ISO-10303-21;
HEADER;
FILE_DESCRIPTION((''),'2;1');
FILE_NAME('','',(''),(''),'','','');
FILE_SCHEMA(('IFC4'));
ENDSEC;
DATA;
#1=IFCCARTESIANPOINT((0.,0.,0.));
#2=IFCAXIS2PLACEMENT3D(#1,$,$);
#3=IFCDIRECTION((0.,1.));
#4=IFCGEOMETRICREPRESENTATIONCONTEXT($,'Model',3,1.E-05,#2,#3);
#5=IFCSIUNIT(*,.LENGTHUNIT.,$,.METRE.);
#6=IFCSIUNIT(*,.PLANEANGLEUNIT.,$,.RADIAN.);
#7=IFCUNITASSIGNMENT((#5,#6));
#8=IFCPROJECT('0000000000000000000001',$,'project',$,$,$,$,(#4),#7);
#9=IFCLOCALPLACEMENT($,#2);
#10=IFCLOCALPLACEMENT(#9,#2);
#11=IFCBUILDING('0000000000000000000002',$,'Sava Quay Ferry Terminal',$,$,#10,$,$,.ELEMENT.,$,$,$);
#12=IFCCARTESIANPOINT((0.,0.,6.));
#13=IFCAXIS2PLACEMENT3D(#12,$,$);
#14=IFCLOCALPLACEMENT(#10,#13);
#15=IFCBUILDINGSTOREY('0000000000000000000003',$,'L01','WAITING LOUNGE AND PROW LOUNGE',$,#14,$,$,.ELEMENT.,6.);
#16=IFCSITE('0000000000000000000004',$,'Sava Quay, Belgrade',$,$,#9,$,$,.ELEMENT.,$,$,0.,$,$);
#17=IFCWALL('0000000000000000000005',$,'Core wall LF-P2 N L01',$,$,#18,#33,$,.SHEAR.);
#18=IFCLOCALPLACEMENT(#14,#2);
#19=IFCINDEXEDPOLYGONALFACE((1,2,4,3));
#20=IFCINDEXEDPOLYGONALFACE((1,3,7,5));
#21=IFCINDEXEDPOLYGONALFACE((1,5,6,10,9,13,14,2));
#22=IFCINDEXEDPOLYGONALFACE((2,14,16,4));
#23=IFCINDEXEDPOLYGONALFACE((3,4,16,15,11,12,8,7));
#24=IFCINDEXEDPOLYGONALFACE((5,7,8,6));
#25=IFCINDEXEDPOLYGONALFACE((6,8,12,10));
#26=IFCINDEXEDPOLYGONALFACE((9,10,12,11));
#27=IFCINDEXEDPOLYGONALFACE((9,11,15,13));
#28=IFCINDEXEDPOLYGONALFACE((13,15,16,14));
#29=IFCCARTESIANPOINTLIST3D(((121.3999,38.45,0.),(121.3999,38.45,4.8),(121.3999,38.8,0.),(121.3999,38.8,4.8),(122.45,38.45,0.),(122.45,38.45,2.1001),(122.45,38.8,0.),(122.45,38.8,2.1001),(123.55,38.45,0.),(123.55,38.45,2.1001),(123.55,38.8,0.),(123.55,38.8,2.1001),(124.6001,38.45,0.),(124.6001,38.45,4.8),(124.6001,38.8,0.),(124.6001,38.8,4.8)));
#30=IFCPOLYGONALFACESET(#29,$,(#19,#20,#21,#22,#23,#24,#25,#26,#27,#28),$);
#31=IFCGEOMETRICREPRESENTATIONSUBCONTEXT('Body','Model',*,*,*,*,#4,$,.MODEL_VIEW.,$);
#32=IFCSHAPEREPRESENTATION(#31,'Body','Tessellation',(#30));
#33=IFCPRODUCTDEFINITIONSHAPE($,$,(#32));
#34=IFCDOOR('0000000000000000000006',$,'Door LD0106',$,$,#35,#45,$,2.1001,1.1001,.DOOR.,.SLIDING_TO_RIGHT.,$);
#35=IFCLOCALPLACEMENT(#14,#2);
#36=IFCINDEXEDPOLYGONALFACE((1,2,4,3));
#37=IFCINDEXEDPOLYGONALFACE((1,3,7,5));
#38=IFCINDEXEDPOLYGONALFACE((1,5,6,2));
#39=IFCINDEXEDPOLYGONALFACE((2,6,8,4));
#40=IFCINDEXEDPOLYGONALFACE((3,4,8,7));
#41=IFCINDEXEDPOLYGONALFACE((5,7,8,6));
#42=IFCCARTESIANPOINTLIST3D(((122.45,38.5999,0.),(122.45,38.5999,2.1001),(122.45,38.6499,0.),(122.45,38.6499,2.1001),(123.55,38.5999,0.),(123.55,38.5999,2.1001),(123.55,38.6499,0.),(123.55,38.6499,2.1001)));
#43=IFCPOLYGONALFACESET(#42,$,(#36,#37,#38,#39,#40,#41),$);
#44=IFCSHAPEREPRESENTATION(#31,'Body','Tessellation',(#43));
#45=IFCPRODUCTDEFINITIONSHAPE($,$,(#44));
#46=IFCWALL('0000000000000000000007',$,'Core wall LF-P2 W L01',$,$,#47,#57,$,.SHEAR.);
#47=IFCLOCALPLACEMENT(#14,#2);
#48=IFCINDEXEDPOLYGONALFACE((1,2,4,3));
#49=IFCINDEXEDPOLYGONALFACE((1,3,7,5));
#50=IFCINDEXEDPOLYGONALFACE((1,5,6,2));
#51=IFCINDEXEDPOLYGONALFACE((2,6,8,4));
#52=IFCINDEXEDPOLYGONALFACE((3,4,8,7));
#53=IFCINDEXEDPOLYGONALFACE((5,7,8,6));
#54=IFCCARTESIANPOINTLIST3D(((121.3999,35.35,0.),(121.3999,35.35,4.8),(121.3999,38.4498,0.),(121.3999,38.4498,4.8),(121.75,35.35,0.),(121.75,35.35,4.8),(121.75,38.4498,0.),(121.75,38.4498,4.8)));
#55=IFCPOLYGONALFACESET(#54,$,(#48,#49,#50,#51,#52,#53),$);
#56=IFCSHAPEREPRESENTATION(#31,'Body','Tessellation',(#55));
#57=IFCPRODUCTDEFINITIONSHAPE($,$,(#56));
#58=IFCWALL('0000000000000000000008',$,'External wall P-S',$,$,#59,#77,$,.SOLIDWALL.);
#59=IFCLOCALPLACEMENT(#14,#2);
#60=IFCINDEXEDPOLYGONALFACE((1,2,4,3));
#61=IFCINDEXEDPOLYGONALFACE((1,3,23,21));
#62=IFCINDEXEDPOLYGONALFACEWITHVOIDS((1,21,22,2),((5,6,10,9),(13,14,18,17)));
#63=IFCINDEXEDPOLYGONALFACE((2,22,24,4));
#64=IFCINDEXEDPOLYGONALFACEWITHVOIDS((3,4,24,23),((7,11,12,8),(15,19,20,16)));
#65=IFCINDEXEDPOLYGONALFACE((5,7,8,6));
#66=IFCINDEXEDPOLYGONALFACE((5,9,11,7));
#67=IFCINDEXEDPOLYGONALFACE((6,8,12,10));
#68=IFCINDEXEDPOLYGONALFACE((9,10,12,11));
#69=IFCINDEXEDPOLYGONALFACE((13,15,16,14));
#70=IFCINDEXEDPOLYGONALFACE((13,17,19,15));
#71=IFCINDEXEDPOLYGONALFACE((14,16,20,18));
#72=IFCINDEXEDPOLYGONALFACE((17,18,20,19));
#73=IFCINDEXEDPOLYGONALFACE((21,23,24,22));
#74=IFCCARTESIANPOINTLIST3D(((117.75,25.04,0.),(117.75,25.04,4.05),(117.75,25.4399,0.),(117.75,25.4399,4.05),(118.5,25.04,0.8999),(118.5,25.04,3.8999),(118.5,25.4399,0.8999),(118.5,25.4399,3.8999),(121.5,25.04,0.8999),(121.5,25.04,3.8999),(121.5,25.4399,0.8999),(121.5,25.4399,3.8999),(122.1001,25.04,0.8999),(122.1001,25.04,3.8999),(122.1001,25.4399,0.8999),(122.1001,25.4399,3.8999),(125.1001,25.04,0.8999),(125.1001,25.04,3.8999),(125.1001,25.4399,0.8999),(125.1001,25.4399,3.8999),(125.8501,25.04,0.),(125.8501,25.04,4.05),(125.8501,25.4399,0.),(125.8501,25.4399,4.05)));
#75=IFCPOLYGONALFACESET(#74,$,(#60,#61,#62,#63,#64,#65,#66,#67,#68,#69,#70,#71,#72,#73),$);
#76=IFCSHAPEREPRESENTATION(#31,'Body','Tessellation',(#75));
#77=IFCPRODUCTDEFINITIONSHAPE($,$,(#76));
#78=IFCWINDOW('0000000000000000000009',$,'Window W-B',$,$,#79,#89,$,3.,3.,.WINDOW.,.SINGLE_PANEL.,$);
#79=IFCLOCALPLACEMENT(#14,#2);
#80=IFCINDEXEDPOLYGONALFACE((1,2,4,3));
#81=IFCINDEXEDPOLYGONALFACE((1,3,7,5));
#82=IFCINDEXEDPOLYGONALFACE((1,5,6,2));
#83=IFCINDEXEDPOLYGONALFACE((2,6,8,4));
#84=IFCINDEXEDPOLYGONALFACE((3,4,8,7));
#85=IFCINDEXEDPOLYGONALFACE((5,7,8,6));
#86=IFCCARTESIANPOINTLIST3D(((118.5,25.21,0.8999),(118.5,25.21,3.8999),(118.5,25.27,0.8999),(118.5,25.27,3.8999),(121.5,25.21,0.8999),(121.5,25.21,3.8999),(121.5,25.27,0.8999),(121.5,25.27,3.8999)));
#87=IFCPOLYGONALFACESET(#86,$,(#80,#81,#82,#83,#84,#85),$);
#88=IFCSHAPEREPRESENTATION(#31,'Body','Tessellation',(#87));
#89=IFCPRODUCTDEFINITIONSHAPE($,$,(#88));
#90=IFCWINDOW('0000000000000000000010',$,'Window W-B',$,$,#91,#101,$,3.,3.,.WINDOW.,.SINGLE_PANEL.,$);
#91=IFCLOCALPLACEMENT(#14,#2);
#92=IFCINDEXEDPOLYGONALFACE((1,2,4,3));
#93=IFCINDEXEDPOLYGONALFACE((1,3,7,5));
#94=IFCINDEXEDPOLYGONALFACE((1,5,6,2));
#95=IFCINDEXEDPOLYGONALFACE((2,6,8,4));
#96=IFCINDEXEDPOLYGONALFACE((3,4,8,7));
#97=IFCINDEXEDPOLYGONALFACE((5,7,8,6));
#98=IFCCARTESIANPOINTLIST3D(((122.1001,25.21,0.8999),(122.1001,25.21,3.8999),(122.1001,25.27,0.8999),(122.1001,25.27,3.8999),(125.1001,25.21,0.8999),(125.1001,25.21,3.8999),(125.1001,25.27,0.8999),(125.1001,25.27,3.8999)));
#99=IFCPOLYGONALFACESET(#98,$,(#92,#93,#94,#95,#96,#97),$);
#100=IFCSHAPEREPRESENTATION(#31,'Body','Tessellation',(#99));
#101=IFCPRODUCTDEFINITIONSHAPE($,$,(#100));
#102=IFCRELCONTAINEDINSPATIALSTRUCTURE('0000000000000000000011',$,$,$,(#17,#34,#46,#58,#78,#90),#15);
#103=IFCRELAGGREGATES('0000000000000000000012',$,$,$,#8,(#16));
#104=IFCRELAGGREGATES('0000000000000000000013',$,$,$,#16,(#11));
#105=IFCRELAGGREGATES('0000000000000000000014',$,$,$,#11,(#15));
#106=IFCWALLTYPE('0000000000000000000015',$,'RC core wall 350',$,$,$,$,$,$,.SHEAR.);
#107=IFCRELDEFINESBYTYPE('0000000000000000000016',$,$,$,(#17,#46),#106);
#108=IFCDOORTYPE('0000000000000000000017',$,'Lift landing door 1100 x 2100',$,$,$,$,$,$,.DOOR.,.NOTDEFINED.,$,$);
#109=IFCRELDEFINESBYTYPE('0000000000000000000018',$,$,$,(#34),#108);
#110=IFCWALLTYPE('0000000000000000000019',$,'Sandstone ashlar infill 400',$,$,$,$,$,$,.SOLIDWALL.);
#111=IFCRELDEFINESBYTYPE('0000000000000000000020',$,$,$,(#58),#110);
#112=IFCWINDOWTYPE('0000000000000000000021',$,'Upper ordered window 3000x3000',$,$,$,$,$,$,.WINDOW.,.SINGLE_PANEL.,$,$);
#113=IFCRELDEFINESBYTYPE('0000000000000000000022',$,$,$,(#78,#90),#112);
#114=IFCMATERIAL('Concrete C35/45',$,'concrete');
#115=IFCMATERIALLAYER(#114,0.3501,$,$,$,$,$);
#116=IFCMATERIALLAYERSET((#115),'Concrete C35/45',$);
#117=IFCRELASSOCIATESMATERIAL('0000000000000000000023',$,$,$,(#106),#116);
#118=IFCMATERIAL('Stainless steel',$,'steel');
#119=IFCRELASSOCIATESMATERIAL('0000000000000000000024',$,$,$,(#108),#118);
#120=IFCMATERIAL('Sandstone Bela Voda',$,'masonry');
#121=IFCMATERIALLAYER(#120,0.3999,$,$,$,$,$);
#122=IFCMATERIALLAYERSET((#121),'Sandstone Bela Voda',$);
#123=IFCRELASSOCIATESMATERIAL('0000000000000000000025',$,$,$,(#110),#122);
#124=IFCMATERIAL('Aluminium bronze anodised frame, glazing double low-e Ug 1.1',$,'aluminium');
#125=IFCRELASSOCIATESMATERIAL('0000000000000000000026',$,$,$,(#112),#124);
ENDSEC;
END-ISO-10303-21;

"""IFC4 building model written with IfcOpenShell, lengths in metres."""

from ifc_helpers import new_model, si_unit, direction, frame, frame_2d, origin, place, context, subcontext, project, spatial, rectangle, extrude, material, layer, layer_set, type_object, element, fill, save


model = new_model("IFC4")

# Units and contexts
model_context = context("Model", 3, precision=1e-05, world=origin(), true_north=direction((0.0, 1.0)))
body_context = subcontext(model_context, "Body", "Model", "MODEL_VIEW")
ifc_project = project(units=[si_unit("LENGTHUNIT", "METRE"), si_unit("PLANEANGLEUNIT", "RADIAN")], contexts=[model_context])

# Site, building, storey
site_placement = place(None, origin())
site = spatial("IfcSite", under=ifc_project, at=site_placement, Name="Sava Quay, Belgrade", CompositionType="ELEMENT", RefElevation=0.0)
building_placement = place(site_placement, origin())
building = spatial("IfcBuilding", under=site, at=building_placement, Name="Sava Quay Ferry Terminal", CompositionType="ELEMENT")
storey_placement = place(building_placement, frame((0.0, 0.0, 6.0)))
storey = spatial("IfcBuildingStorey", under=building, at=storey_placement, Name="L01", Description="WAITING LOUNGE AND PROW LOUNGE", CompositionType="ELEMENT", Elevation=6.0)

# Shared definitions
ifc_material_1 = material(Name="Concrete C35/45", Category="concrete")
ifc_layer_1 = layer(ifc_material_1, 0.3501)
ifc_layer_set_1 = layer_set([ifc_layer_1], Name="Concrete C35/45")
wall_type_1 = type_object("IfcWallType", Name="RC core wall 350", PredefinedType="SHEAR", material=ifc_layer_set_1)

# Wall, opening, door
wall_1_placement = place(storey_placement, frame((121.3999, 38.625, 0.0), z_axis=(0.0, 0.0, 1.0), x_axis=(1.0, 0.0, 0.0)))
wall_1 = element("IfcWall", 1, at=wall_1_placement, inside=storey, type_object=wall_type_1, Name="Core wall LF-P2 N L01", PredefinedType="SHEAR", context=body_context, shape_type="SweptSolid", body=[
    extrude(rectangle(XDim=3.2002, YDim=0.3501, at=frame_2d((1.6001, 0.0))), origin(), (0.0, 0.0, 1.0), 4.8),
])
opening_1_placement = place(wall_1_placement, frame((1.05, 0.0, 0.0)))
opening_1 = element("IfcOpeningElement", 2, at=opening_1_placement, cuts=wall_1, PredefinedType="OPENING", context=body_context, shape_type="SweptSolid", body=[
    extrude(rectangle(XDim=1.1001, YDim=2.1001, at=frame_2d((0.55, 1.05))), frame((0.0, 0.175, 0.0), z_axis=(0.0, -1.0, 0.0), x_axis=(1.0, 0.0, 0.0)), (0.0, 0.0, 1.0), 0.3501),
])
ifc_material_2 = material(Name="Stainless steel", Category="steel")
door_type = type_object("IfcDoorType", Name="Lift landing door 1100 x 2100", OperationType="NOTDEFINED", PredefinedType="DOOR", material=ifc_material_2)
door_placement = place(opening_1_placement, origin())
door = element("IfcDoor", 3, at=door_placement, inside=storey, type_object=door_type, Name="Door LD0106", OperationType="SLIDING_TO_RIGHT", OverallHeight=2.1001, OverallWidth=1.1001, PredefinedType="DOOR", context=body_context, shape_type="SweptSolid", body=[
    extrude(rectangle(XDim=1.1001, YDim=2.1001, at=frame_2d((0.55, 1.05))), frame((0.0, 0.0249, 0.0), z_axis=(0.0, -1.0, 0.0), x_axis=(1.0, 0.0, 0.0)), (0.0, 0.0, 1.0), 0.05),
])
fill(opening_1, door)

# Wall
wall_2_placement = place(storey_placement, frame((121.575, 35.3501, 0.0), z_axis=(0.0, 0.0, 1.0), x_axis=(0.0, 1.0, 0.0)))
element("IfcWall", 4, at=wall_2_placement, inside=storey, type_object=wall_type_1, Name="Core wall LF-P2 W L01", PredefinedType="SHEAR", context=body_context, shape_type="SweptSolid", body=[
    extrude(rectangle(XDim=3.0999, YDim=0.3501, at=frame_2d((1.5498, 0.0))), origin(), (0.0, 0.0, 1.0), 4.8),
])

# Wall, openings, windows
ifc_material_3 = material(Name="Sandstone Bela Voda", Category="masonry")
ifc_layer_2 = layer(ifc_material_3, 0.3999)
ifc_layer_set_2 = layer_set([ifc_layer_2], Name="Sandstone Bela Voda")
wall_type_2 = type_object("IfcWallType", Name="Sandstone ashlar infill 400", PredefinedType="SOLIDWALL", material=ifc_layer_set_2)
wall_3_placement = place(storey_placement, frame((117.75, 25.24, 0.0), z_axis=(0.0, 0.0, 1.0), x_axis=(1.0, 0.0, 0.0)))
wall_3 = element("IfcWall", 5, at=wall_3_placement, inside=storey, type_object=wall_type_2, Name="External wall P-S", PredefinedType="SOLIDWALL", context=body_context, shape_type="SweptSolid", body=[
    extrude(rectangle(XDim=8.1001, YDim=0.3999, at=frame_2d((4.05, 0.0))), origin(), (0.0, 0.0, 1.0), 4.05),
])
opening_2_placement = place(wall_3_placement, frame((0.75, 0.0, 0.8999)))
opening_2 = element("IfcOpeningElement", 6, at=opening_2_placement, cuts=wall_3, PredefinedType="OPENING", context=body_context, shape_type="SweptSolid", body=[
    extrude(rectangle(XDim=3.0, YDim=3.0, at=frame_2d((1.5, 1.5))), frame((0.0, 0.2, 0.0), z_axis=(0.0, -1.0, 0.0), x_axis=(1.0, 0.0, 0.0)), (0.0, 0.0, 1.0), 0.3999),
])
opening_3_placement = place(wall_3_placement, frame((4.3501, 0.0, 0.8999)))
opening_3 = element("IfcOpeningElement", 7, at=opening_3_placement, cuts=wall_3, PredefinedType="OPENING", context=body_context, shape_type="SweptSolid", body=[
    extrude(rectangle(XDim=3.0, YDim=3.0, at=frame_2d((1.5, 1.5))), frame((0.0, 0.2, 0.0), z_axis=(0.0, -1.0, 0.0), x_axis=(1.0, 0.0, 0.0)), (0.0, 0.0, 1.0), 0.3999),
])
ifc_material_4 = material(Name="Aluminium bronze anodised frame, glazing double low-e Ug 1.1", Category="aluminium")
window_type = type_object("IfcWindowType", Name="Upper ordered window 3000x3000", PartitioningType="SINGLE_PANEL", PredefinedType="WINDOW", material=ifc_material_4)
window_1_placement = place(opening_2_placement, origin())
window_1 = element("IfcWindow", 8, at=window_1_placement, inside=storey, type_object=window_type, Name="Window W-B", OverallHeight=3.0, OverallWidth=3.0, PartitioningType="SINGLE_PANEL", PredefinedType="WINDOW", context=body_context, shape_type="SweptSolid", body=[
    extrude(rectangle(XDim=3.0, YDim=3.0, at=frame_2d((1.5, 1.5))), frame((0.0, 0.03, 0.0), z_axis=(0.0, -1.0, 0.0), x_axis=(1.0, 0.0, 0.0)), (0.0, 0.0, 1.0), 0.0601),
])
fill(opening_2, window_1)
window_2_placement = place(opening_3_placement, origin())
window_2 = element("IfcWindow", 9, at=window_2_placement, inside=storey, type_object=window_type, Name="Window W-B", OverallHeight=3.0, OverallWidth=3.0, PartitioningType="SINGLE_PANEL", PredefinedType="WINDOW", context=body_context, shape_type="SweptSolid", body=[
    extrude(rectangle(XDim=3.0, YDim=3.0, at=frame_2d((1.5, 1.5))), frame((0.0, 0.03, 0.0), z_axis=(0.0, -1.0, 0.0), x_axis=(1.0, 0.0, 0.0)), (0.0, 0.0, 1.0), 0.0601),
])
fill(opening_3, window_2)

save(model, "model.ifc")
